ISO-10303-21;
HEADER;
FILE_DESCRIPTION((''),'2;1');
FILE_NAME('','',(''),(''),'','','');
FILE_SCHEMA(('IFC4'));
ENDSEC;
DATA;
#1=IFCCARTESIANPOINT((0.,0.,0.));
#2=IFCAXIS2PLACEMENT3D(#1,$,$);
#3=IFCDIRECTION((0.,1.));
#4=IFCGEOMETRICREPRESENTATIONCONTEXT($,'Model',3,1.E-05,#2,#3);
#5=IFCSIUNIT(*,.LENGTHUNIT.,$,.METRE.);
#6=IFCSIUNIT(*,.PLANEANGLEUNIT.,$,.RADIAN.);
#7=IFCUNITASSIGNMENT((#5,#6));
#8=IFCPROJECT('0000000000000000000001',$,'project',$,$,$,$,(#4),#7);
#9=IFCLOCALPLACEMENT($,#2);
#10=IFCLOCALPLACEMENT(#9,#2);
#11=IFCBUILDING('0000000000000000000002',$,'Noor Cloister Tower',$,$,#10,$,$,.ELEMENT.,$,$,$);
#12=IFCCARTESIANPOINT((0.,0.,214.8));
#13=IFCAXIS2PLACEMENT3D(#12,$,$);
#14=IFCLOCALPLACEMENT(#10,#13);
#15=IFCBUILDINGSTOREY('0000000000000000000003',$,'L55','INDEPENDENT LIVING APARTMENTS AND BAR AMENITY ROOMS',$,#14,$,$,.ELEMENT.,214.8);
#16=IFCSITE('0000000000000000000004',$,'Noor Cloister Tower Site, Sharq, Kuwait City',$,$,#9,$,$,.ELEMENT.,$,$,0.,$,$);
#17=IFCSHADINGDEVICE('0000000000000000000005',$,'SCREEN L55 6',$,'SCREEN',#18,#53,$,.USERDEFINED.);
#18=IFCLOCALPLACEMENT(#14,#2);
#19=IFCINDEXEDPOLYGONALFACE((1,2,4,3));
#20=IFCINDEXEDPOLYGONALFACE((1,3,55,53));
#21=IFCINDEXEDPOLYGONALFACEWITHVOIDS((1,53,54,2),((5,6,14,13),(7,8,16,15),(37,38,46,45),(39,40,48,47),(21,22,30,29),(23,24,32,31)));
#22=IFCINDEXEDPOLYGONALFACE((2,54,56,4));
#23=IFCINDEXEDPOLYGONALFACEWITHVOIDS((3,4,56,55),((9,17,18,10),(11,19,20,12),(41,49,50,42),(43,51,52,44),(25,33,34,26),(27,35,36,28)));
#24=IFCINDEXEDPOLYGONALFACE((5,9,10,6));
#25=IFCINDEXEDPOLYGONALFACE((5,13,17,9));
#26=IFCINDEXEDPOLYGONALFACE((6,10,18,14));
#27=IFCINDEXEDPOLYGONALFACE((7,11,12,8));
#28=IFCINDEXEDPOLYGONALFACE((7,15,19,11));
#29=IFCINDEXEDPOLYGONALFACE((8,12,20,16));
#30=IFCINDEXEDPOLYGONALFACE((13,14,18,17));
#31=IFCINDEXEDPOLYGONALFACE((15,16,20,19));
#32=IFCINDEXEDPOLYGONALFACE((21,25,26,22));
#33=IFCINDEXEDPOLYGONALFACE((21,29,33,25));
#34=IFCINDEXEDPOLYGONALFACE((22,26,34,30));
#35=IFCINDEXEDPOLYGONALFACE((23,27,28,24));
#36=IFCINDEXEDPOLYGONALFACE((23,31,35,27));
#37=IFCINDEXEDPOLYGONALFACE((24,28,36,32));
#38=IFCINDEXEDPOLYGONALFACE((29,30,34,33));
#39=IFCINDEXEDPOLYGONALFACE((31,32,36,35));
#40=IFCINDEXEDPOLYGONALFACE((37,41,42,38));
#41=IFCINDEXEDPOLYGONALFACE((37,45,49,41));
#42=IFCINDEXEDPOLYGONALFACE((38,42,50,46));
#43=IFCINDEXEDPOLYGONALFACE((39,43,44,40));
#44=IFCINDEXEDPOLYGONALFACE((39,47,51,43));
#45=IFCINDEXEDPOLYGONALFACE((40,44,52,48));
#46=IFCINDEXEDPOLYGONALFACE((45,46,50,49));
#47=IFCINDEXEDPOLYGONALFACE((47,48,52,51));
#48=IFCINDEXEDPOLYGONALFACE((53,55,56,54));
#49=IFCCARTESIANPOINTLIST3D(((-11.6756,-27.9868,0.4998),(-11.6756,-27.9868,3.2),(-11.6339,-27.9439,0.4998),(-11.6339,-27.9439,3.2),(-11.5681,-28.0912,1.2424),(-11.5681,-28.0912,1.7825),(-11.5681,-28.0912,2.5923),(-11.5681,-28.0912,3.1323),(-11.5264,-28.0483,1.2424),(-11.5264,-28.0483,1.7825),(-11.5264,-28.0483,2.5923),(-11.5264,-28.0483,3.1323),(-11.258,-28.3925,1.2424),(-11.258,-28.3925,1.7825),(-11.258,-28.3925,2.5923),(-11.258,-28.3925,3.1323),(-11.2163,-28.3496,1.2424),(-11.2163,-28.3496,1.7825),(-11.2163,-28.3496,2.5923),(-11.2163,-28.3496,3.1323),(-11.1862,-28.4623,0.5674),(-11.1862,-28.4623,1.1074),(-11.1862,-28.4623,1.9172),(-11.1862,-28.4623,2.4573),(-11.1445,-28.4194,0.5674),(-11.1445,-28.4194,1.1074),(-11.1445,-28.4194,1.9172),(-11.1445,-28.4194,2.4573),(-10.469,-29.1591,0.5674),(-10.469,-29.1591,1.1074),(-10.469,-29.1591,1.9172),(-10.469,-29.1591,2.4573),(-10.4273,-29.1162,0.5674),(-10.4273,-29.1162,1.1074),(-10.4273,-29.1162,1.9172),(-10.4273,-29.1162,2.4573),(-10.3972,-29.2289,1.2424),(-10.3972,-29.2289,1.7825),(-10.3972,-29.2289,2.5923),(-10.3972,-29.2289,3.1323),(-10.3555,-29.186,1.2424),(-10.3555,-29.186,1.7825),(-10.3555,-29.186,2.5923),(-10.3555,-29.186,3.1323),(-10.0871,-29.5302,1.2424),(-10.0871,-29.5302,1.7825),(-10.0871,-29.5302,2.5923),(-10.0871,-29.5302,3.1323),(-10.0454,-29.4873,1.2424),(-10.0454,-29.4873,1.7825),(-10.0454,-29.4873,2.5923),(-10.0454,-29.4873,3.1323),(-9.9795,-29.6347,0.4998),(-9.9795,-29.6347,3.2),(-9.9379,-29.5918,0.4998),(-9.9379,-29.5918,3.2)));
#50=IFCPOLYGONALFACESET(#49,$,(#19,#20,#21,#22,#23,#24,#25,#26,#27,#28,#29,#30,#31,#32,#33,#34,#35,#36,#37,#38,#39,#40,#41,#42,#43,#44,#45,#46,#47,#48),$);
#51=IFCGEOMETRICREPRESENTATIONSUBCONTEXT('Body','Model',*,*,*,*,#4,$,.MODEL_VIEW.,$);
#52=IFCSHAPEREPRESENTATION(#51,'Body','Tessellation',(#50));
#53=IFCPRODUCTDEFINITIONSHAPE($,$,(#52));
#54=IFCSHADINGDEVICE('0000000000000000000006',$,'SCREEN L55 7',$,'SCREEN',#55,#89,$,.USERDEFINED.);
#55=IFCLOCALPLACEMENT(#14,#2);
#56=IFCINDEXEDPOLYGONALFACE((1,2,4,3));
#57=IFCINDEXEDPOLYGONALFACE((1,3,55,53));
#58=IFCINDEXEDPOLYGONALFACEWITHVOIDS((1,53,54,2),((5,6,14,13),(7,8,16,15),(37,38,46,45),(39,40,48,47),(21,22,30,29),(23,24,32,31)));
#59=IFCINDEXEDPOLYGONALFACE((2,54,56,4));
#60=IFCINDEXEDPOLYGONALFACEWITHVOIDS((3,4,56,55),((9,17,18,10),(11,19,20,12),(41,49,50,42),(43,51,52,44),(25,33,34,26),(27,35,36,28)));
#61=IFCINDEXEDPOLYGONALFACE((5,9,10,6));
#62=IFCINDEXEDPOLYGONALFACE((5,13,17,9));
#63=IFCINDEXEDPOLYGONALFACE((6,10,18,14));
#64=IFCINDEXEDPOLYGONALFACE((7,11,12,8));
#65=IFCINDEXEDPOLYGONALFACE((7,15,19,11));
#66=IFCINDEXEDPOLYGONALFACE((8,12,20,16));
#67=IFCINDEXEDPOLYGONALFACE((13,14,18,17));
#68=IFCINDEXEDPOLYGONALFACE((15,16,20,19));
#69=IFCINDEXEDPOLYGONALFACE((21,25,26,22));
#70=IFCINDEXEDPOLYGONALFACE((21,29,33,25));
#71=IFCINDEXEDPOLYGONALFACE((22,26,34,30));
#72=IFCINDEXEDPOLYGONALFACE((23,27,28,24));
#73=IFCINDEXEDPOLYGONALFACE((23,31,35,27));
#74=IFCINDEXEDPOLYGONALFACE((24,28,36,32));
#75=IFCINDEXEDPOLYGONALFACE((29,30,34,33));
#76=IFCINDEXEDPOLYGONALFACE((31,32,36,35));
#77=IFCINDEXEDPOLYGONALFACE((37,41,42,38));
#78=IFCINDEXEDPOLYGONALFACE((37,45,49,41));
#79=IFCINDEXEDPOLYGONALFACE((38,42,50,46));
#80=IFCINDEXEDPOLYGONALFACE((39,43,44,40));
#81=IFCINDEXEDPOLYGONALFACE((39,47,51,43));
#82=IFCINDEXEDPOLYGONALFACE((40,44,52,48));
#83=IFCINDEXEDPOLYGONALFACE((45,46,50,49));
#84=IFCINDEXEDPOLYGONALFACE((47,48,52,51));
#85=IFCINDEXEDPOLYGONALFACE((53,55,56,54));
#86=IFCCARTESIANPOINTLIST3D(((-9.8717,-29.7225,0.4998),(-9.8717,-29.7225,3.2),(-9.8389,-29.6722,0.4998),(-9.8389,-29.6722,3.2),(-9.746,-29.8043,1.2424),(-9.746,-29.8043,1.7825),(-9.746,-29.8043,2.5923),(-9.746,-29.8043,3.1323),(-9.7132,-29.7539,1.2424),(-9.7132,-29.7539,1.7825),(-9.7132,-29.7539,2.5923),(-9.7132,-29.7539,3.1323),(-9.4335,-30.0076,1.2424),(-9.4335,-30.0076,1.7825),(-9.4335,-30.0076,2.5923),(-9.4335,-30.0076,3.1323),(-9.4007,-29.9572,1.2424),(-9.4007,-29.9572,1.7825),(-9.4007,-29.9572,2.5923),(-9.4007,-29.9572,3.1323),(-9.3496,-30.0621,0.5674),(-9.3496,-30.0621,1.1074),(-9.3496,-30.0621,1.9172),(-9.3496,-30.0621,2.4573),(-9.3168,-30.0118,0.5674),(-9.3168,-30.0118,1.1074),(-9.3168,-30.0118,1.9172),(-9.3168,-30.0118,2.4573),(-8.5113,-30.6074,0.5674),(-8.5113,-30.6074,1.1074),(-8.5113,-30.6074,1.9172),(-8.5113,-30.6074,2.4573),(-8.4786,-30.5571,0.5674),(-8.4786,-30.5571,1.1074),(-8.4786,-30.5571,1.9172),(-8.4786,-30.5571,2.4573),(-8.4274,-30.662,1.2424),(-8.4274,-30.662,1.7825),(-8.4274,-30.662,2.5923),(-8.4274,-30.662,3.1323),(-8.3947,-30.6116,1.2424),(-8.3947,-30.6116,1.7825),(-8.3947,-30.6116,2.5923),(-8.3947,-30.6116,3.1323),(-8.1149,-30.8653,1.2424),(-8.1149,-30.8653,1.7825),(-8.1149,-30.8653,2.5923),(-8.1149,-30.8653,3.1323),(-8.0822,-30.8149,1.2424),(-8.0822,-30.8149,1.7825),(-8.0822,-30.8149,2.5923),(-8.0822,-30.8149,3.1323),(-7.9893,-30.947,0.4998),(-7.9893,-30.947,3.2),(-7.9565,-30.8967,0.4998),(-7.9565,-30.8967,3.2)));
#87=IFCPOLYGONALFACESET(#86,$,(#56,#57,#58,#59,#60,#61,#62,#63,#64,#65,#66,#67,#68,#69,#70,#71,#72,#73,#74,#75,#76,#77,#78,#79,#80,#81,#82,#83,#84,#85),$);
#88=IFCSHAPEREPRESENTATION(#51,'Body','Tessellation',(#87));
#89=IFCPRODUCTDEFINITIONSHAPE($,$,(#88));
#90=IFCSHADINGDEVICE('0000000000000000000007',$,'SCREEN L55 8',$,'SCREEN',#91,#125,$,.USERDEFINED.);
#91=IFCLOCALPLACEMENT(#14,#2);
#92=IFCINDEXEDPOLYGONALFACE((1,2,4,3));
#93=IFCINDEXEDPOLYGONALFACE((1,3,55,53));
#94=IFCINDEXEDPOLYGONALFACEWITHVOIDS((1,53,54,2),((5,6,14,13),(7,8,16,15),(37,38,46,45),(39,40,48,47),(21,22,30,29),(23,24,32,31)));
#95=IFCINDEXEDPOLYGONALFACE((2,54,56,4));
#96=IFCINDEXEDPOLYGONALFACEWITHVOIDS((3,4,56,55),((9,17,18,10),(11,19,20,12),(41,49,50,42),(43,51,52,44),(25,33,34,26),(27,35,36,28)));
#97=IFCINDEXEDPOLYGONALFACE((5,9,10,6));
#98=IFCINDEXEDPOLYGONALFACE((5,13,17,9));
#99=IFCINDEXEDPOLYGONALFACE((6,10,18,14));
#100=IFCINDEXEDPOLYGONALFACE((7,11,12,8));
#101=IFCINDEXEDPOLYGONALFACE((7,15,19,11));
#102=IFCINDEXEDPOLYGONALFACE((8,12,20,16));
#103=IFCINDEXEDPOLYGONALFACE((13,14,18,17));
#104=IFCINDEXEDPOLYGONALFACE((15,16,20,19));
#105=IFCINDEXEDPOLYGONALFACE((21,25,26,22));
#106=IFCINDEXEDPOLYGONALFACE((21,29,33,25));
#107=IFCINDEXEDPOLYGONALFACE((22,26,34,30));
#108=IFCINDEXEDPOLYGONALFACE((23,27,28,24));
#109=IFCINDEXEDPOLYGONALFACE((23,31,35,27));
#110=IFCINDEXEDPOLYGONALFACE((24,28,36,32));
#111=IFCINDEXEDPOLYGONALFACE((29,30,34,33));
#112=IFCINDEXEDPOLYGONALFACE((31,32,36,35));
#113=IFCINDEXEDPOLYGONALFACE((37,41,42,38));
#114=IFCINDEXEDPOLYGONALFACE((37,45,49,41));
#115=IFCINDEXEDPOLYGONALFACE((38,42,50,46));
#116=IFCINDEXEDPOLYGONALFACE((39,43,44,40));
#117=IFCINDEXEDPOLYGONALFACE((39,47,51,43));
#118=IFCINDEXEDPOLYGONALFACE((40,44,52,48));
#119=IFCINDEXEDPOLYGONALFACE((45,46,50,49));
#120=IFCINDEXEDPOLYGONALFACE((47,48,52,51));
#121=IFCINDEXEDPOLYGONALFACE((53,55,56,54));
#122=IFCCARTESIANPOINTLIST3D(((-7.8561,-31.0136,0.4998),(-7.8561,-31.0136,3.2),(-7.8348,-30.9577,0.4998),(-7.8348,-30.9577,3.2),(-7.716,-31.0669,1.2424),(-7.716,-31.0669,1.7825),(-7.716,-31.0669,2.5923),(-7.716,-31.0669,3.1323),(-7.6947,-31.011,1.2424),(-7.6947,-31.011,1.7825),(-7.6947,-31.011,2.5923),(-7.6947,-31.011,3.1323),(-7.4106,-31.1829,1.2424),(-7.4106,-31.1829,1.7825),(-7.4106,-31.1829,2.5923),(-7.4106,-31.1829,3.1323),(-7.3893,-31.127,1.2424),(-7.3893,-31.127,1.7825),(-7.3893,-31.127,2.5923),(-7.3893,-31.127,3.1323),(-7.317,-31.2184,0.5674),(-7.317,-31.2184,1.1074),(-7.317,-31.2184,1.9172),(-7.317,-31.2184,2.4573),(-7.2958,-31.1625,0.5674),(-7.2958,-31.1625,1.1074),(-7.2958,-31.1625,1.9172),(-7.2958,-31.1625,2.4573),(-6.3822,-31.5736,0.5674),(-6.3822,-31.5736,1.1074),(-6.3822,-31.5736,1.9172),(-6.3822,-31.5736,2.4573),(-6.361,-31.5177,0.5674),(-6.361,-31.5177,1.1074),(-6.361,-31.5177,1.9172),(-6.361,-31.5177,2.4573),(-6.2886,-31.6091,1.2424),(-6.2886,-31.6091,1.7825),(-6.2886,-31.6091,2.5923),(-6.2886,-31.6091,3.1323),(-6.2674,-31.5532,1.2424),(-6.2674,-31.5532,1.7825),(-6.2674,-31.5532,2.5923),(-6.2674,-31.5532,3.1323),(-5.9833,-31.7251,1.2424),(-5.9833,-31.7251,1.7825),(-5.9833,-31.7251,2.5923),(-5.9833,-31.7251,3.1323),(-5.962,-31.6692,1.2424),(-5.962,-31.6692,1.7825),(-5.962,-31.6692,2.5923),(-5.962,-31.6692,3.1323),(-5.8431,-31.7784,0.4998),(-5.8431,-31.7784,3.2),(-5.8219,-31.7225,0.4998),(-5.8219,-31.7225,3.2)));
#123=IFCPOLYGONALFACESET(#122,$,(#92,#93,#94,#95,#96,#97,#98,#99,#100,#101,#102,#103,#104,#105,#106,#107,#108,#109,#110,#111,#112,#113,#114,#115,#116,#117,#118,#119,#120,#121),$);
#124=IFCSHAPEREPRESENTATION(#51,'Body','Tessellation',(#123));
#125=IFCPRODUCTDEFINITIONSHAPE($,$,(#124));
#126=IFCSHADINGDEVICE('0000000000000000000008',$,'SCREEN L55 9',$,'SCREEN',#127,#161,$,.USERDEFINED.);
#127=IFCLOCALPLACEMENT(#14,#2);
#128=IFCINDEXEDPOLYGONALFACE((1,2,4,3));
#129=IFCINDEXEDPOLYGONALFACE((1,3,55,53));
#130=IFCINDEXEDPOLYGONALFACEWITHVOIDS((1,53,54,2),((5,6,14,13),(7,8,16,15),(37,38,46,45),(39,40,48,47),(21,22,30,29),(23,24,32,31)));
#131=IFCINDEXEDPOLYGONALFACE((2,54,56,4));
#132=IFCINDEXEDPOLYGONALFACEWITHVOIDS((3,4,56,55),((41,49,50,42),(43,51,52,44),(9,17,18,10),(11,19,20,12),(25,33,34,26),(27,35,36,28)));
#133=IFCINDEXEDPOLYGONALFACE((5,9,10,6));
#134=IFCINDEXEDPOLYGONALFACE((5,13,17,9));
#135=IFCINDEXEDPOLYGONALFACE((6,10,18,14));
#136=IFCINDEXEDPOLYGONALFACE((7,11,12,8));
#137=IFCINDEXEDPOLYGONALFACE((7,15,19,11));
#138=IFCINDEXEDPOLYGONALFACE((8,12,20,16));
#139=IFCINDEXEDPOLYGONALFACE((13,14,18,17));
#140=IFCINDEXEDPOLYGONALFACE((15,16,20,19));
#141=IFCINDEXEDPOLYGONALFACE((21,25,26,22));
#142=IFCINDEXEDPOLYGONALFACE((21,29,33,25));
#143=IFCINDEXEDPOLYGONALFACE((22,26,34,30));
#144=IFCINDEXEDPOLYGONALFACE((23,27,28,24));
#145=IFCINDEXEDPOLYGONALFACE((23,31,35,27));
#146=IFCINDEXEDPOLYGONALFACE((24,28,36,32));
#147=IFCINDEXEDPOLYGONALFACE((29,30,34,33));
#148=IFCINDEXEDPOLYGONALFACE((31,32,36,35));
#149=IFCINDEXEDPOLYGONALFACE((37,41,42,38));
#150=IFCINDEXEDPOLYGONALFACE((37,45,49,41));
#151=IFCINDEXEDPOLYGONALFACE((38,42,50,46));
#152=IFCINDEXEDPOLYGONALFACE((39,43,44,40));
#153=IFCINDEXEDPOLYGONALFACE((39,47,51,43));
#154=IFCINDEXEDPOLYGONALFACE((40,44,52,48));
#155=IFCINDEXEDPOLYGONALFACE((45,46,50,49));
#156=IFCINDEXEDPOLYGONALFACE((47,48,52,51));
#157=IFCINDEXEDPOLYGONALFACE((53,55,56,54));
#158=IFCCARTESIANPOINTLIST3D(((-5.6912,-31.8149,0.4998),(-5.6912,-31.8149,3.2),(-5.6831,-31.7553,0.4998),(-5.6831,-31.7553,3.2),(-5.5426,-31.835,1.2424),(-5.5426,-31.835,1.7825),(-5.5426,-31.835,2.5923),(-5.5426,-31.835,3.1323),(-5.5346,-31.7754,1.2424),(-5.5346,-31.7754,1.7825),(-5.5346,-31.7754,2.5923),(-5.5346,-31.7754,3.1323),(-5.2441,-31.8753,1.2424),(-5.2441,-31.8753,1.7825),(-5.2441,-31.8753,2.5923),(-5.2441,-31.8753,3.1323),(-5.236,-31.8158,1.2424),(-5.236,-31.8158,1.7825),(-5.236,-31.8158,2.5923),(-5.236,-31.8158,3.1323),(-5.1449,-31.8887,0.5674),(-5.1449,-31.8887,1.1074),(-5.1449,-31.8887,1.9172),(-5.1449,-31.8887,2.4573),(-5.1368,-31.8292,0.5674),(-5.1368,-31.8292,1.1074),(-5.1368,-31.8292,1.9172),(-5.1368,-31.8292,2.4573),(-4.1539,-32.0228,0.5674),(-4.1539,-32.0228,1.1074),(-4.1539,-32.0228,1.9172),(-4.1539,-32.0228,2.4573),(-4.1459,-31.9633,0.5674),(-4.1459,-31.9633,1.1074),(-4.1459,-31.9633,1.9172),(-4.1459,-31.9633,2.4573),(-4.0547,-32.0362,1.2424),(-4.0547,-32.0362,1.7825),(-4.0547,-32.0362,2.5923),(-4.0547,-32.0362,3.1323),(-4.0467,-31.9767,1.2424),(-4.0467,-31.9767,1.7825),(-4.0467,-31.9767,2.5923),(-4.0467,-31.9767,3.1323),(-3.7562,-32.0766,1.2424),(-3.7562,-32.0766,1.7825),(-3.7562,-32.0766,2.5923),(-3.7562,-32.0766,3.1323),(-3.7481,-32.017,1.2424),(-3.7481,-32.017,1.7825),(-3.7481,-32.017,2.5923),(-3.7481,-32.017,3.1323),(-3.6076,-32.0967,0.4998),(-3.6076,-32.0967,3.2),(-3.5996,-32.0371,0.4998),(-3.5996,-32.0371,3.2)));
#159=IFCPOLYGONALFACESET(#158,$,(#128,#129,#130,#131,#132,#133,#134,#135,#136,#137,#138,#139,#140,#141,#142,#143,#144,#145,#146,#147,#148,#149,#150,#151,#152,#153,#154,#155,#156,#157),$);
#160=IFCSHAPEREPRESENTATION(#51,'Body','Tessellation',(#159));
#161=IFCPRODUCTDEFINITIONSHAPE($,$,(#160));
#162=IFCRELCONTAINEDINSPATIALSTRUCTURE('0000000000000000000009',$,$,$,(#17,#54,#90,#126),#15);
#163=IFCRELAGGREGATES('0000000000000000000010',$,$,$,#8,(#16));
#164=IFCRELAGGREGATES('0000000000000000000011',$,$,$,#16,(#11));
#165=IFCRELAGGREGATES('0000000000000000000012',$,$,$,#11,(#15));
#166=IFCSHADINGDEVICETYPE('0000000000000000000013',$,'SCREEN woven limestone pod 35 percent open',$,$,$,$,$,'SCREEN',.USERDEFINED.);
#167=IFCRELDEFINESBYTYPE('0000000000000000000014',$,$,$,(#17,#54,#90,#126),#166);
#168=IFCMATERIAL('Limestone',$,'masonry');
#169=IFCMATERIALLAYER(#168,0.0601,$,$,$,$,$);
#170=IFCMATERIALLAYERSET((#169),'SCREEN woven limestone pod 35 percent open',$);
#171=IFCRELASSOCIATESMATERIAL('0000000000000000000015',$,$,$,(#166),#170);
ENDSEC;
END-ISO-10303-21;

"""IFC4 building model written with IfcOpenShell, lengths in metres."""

from ifc_helpers import new_model, si_unit, direction, frame, origin, place, context, subcontext, project, spatial, polyline, outline, extrude, material, layer, layer_set, type_object, element, save


model = new_model("IFC4")

# Units and contexts
model_context = context("Model", 3, precision=1e-05, world=origin(), true_north=direction((0.0, 1.0)))
body_context = subcontext(model_context, "Body", "Model", "MODEL_VIEW")
ifc_project = project(units=[si_unit("LENGTHUNIT", "METRE"), si_unit("PLANEANGLEUNIT", "RADIAN")], contexts=[model_context])

# Site, building, storey
site_placement = place(None, origin())
site = spatial("IfcSite", under=ifc_project, at=site_placement, Name="Noor Cloister Tower Site, Sharq, Kuwait City", CompositionType="ELEMENT", RefElevation=0.0)
building_placement = place(site_placement, origin())
building = spatial("IfcBuilding", under=site, at=building_placement, Name="Noor Cloister Tower", CompositionType="ELEMENT")
storey_placement = place(building_placement, frame((0.0, 0.0, 214.8)))
storey = spatial("IfcBuildingStorey", under=building, at=storey_placement, Name="L55", Description="INDEPENDENT LIVING APARTMENTS AND BAR AMENITY ROOMS", CompositionType="ELEMENT", Elevation=214.8)

# Shading devices
ifc_material_1 = material(Name="Limestone", Category="masonry")
ifc_layer_1 = layer(ifc_material_1, 0.0601)
ifc_layer_set_1 = layer_set([ifc_layer_1], Name="SCREEN woven limestone pod 35 percent open")
shading_device_type = type_object("IfcShadingDeviceType", Name="SCREEN woven limestone pod 35 percent open", ElementType="SCREEN", PredefinedType="USERDEFINED", material=ifc_layer_set_1)
shading_device_1_placement = place(storey_placement, frame((-10.7859, -28.7678, 1.8499), z_axis=(-0.696846, -0.717221, 0.0), x_axis=(0.717221, -0.696846, 0.0)))
element("IfcShadingDevice", 1, at=shading_device_1_placement, inside=storey, type_object=shading_device_type, Name="SCREEN L55 6", ObjectType="SCREEN", PredefinedType="USERDEFINED", context=body_context, shape_type="SweptSolid", body=[
    extrude(outline(polyline([(-1.1824, -1.3501), (1.1824, -1.3501), (1.1824, 1.3501), (-1.1824, 1.3501), (-1.1824, -1.3501)]), holes=[polyline([(-0.5, -1.2825), (0.5, -1.2825), (0.5, -0.7424), (-0.5, -0.7424), (-0.5, -1.2825)]), polyline([(0.6001, -0.6074), (1.0325, -0.6074), (1.0325, -0.0674), (0.6001, -0.0674), (0.6001, -0.6074)]), polyline([(-1.0325, -0.6074), (-0.6001, -0.6074), (-0.6001, -0.0674), (-1.0325, -0.0674), (-1.0325, -0.6074)]), polyline([(-0.5, 0.0674), (0.5, 0.0674), (0.5, 0.6074), (-0.5, 0.6074), (-0.5, 0.0674)]), polyline([(0.6001, 0.7424), (1.0325, 0.7424), (1.0325, 1.2825), (0.6001, 1.2825), (0.6001, 0.7424)]), polyline([(-1.0325, 0.7424), (-0.6001, 0.7424), (-0.6001, 1.2825), (-1.0325, 1.2825), (-1.0325, 0.7424)])]), origin(), (0.0, 0.0, 1.0), 0.0598),
])
shading_device_2_placement = place(storey_placement, frame((-8.8977, -30.2844, 1.8499), z_axis=(-0.545274, -0.838258, 0.0), x_axis=(0.838258, -0.545274, 0.0)))
element("IfcShadingDevice", 2, at=shading_device_2_placement, inside=storey, type_object=shading_device_type, Name="SCREEN L55 7", ObjectType="SCREEN", PredefinedType="USERDEFINED", context=body_context, shape_type="SweptSolid", body=[
    extrude(outline(polyline([(-1.1228, -1.3501), (1.1228, -1.3501), (1.1228, 1.3501), (-1.1228, 1.3501), (-1.1228, -1.3501)]), holes=[polyline([(-0.5, -1.2825), (0.5, -1.2825), (0.5, -0.7424), (-0.5, -0.7424), (-0.5, -1.2825)]), polyline([(0.6001, -0.6074), (0.9729, -0.6074), (0.9729, -0.0674), (0.6001, -0.0674), (0.6001, -0.6074)]), polyline([(-0.9729, -0.6074), (-0.6001, -0.6074), (-0.6001, -0.0674), (-0.9729, -0.0674), (-0.9729, -0.6074)]), polyline([(-0.5, 0.0674), (0.5, 0.0674), (0.5, 0.6074), (-0.5, 0.6074), (-0.5, 0.0674)]), polyline([(0.6001, 0.7424), (0.9729, 0.7424), (0.9729, 1.2825), (0.6001, 1.2825), (0.6001, 0.7424)]), polyline([(-0.9729, 0.7424), (-0.6001, 0.7424), (-0.6001, 1.2825), (-0.9729, 1.2825), (-0.9729, 0.7424)])]), origin(), (0.0, 0.0, 1.0), 0.0601),
])
shading_device_3_placement = place(storey_placement, frame((-6.8284, -31.3401, 1.8499), z_axis=(-0.355146, -0.934811, 0.0), x_axis=(0.934811, -0.355146, 0.0)))
element("IfcShadingDevice", 3, at=shading_device_3_placement, inside=storey, type_object=shading_device_type, Name="SCREEN L55 8", ObjectType="SCREEN", PredefinedType="USERDEFINED", context=body_context, shape_type="SweptSolid", body=[
    extrude(outline(polyline([(-1.0767, -1.3501), (1.0767, -1.3501), (1.0767, 1.3501), (-1.0767, 1.3501), (-1.0767, -1.3501)]), holes=[polyline([(-0.5, -1.2825), (0.5, -1.2825), (0.5, -0.7424), (-0.5, -0.7424), (-0.5, -1.2825)]), polyline([(0.6001, -0.6074), (0.9268, -0.6074), (0.9268, -0.0674), (0.6001, -0.0674), (0.6001, -0.6074)]), polyline([(-0.9268, -0.6074), (-0.6001, -0.6074), (-0.6001, -0.0674), (-0.9268, -0.0674), (-0.9268, -0.6074)]), polyline([(-0.5, 0.0674), (0.5, 0.0674), (0.5, 0.6074), (-0.5, 0.6074), (-0.5, 0.0674)]), polyline([(0.6001, 0.7424), (0.9268, 0.7424), (0.9268, 1.2825), (0.6001, 1.2825), (0.6001, 0.7424)]), polyline([(-0.9268, 0.7424), (-0.6001, 0.7424), (-0.6001, 1.2825), (-0.9268, 1.2825), (-0.9268, 0.7424)])]), origin(), (0.0, 0.0, 1.0), 0.0598),
])
shading_device_4_placement = place(storey_placement, frame((-4.6414, -31.8962, 1.8499), z_axis=(-0.134026, -0.990978, 0.0), x_axis=(0.990978, -0.134026, 0.0)))
element("IfcShadingDevice", 4, at=shading_device_4_placement, inside=storey, type_object=shading_device_type, Name="SCREEN L55 9", ObjectType="SCREEN", PredefinedType="USERDEFINED", context=body_context, shape_type="SweptSolid", body=[
    extrude(outline(polyline([(-1.0513, -1.3501), (1.0513, -1.3501), (1.0513, 1.3501), (-1.0513, 1.3501), (-1.0513, -1.3501)]), holes=[polyline([(-0.5, -1.2825), (0.5, -1.2825), (0.5, -0.7424), (-0.5, -0.7424), (-0.5, -1.2825)]), polyline([(0.6001, -0.6074), (0.9014, -0.6074), (0.9014, -0.0674), (0.6001, -0.0674), (0.6001, -0.6074)]), polyline([(-0.9014, -0.6074), (-0.6001, -0.6074), (-0.6001, -0.0674), (-0.9014, -0.0674), (-0.9014, -0.6074)]), polyline([(-0.5, 0.0674), (0.5, 0.0674), (0.5, 0.6074), (-0.5, 0.6074), (-0.5, 0.0674)]), polyline([(0.6001, 0.7424), (0.9014, 0.7424), (0.9014, 1.2825), (0.6001, 1.2825), (0.6001, 0.7424)]), polyline([(-0.9014, 0.7424), (-0.6001, 0.7424), (-0.6001, 1.2825), (-0.9014, 1.2825), (-0.9014, 0.7424)])]), origin(), (0.0, 0.0, 1.0), 0.0601),
])

save(model, "model.ifc")
